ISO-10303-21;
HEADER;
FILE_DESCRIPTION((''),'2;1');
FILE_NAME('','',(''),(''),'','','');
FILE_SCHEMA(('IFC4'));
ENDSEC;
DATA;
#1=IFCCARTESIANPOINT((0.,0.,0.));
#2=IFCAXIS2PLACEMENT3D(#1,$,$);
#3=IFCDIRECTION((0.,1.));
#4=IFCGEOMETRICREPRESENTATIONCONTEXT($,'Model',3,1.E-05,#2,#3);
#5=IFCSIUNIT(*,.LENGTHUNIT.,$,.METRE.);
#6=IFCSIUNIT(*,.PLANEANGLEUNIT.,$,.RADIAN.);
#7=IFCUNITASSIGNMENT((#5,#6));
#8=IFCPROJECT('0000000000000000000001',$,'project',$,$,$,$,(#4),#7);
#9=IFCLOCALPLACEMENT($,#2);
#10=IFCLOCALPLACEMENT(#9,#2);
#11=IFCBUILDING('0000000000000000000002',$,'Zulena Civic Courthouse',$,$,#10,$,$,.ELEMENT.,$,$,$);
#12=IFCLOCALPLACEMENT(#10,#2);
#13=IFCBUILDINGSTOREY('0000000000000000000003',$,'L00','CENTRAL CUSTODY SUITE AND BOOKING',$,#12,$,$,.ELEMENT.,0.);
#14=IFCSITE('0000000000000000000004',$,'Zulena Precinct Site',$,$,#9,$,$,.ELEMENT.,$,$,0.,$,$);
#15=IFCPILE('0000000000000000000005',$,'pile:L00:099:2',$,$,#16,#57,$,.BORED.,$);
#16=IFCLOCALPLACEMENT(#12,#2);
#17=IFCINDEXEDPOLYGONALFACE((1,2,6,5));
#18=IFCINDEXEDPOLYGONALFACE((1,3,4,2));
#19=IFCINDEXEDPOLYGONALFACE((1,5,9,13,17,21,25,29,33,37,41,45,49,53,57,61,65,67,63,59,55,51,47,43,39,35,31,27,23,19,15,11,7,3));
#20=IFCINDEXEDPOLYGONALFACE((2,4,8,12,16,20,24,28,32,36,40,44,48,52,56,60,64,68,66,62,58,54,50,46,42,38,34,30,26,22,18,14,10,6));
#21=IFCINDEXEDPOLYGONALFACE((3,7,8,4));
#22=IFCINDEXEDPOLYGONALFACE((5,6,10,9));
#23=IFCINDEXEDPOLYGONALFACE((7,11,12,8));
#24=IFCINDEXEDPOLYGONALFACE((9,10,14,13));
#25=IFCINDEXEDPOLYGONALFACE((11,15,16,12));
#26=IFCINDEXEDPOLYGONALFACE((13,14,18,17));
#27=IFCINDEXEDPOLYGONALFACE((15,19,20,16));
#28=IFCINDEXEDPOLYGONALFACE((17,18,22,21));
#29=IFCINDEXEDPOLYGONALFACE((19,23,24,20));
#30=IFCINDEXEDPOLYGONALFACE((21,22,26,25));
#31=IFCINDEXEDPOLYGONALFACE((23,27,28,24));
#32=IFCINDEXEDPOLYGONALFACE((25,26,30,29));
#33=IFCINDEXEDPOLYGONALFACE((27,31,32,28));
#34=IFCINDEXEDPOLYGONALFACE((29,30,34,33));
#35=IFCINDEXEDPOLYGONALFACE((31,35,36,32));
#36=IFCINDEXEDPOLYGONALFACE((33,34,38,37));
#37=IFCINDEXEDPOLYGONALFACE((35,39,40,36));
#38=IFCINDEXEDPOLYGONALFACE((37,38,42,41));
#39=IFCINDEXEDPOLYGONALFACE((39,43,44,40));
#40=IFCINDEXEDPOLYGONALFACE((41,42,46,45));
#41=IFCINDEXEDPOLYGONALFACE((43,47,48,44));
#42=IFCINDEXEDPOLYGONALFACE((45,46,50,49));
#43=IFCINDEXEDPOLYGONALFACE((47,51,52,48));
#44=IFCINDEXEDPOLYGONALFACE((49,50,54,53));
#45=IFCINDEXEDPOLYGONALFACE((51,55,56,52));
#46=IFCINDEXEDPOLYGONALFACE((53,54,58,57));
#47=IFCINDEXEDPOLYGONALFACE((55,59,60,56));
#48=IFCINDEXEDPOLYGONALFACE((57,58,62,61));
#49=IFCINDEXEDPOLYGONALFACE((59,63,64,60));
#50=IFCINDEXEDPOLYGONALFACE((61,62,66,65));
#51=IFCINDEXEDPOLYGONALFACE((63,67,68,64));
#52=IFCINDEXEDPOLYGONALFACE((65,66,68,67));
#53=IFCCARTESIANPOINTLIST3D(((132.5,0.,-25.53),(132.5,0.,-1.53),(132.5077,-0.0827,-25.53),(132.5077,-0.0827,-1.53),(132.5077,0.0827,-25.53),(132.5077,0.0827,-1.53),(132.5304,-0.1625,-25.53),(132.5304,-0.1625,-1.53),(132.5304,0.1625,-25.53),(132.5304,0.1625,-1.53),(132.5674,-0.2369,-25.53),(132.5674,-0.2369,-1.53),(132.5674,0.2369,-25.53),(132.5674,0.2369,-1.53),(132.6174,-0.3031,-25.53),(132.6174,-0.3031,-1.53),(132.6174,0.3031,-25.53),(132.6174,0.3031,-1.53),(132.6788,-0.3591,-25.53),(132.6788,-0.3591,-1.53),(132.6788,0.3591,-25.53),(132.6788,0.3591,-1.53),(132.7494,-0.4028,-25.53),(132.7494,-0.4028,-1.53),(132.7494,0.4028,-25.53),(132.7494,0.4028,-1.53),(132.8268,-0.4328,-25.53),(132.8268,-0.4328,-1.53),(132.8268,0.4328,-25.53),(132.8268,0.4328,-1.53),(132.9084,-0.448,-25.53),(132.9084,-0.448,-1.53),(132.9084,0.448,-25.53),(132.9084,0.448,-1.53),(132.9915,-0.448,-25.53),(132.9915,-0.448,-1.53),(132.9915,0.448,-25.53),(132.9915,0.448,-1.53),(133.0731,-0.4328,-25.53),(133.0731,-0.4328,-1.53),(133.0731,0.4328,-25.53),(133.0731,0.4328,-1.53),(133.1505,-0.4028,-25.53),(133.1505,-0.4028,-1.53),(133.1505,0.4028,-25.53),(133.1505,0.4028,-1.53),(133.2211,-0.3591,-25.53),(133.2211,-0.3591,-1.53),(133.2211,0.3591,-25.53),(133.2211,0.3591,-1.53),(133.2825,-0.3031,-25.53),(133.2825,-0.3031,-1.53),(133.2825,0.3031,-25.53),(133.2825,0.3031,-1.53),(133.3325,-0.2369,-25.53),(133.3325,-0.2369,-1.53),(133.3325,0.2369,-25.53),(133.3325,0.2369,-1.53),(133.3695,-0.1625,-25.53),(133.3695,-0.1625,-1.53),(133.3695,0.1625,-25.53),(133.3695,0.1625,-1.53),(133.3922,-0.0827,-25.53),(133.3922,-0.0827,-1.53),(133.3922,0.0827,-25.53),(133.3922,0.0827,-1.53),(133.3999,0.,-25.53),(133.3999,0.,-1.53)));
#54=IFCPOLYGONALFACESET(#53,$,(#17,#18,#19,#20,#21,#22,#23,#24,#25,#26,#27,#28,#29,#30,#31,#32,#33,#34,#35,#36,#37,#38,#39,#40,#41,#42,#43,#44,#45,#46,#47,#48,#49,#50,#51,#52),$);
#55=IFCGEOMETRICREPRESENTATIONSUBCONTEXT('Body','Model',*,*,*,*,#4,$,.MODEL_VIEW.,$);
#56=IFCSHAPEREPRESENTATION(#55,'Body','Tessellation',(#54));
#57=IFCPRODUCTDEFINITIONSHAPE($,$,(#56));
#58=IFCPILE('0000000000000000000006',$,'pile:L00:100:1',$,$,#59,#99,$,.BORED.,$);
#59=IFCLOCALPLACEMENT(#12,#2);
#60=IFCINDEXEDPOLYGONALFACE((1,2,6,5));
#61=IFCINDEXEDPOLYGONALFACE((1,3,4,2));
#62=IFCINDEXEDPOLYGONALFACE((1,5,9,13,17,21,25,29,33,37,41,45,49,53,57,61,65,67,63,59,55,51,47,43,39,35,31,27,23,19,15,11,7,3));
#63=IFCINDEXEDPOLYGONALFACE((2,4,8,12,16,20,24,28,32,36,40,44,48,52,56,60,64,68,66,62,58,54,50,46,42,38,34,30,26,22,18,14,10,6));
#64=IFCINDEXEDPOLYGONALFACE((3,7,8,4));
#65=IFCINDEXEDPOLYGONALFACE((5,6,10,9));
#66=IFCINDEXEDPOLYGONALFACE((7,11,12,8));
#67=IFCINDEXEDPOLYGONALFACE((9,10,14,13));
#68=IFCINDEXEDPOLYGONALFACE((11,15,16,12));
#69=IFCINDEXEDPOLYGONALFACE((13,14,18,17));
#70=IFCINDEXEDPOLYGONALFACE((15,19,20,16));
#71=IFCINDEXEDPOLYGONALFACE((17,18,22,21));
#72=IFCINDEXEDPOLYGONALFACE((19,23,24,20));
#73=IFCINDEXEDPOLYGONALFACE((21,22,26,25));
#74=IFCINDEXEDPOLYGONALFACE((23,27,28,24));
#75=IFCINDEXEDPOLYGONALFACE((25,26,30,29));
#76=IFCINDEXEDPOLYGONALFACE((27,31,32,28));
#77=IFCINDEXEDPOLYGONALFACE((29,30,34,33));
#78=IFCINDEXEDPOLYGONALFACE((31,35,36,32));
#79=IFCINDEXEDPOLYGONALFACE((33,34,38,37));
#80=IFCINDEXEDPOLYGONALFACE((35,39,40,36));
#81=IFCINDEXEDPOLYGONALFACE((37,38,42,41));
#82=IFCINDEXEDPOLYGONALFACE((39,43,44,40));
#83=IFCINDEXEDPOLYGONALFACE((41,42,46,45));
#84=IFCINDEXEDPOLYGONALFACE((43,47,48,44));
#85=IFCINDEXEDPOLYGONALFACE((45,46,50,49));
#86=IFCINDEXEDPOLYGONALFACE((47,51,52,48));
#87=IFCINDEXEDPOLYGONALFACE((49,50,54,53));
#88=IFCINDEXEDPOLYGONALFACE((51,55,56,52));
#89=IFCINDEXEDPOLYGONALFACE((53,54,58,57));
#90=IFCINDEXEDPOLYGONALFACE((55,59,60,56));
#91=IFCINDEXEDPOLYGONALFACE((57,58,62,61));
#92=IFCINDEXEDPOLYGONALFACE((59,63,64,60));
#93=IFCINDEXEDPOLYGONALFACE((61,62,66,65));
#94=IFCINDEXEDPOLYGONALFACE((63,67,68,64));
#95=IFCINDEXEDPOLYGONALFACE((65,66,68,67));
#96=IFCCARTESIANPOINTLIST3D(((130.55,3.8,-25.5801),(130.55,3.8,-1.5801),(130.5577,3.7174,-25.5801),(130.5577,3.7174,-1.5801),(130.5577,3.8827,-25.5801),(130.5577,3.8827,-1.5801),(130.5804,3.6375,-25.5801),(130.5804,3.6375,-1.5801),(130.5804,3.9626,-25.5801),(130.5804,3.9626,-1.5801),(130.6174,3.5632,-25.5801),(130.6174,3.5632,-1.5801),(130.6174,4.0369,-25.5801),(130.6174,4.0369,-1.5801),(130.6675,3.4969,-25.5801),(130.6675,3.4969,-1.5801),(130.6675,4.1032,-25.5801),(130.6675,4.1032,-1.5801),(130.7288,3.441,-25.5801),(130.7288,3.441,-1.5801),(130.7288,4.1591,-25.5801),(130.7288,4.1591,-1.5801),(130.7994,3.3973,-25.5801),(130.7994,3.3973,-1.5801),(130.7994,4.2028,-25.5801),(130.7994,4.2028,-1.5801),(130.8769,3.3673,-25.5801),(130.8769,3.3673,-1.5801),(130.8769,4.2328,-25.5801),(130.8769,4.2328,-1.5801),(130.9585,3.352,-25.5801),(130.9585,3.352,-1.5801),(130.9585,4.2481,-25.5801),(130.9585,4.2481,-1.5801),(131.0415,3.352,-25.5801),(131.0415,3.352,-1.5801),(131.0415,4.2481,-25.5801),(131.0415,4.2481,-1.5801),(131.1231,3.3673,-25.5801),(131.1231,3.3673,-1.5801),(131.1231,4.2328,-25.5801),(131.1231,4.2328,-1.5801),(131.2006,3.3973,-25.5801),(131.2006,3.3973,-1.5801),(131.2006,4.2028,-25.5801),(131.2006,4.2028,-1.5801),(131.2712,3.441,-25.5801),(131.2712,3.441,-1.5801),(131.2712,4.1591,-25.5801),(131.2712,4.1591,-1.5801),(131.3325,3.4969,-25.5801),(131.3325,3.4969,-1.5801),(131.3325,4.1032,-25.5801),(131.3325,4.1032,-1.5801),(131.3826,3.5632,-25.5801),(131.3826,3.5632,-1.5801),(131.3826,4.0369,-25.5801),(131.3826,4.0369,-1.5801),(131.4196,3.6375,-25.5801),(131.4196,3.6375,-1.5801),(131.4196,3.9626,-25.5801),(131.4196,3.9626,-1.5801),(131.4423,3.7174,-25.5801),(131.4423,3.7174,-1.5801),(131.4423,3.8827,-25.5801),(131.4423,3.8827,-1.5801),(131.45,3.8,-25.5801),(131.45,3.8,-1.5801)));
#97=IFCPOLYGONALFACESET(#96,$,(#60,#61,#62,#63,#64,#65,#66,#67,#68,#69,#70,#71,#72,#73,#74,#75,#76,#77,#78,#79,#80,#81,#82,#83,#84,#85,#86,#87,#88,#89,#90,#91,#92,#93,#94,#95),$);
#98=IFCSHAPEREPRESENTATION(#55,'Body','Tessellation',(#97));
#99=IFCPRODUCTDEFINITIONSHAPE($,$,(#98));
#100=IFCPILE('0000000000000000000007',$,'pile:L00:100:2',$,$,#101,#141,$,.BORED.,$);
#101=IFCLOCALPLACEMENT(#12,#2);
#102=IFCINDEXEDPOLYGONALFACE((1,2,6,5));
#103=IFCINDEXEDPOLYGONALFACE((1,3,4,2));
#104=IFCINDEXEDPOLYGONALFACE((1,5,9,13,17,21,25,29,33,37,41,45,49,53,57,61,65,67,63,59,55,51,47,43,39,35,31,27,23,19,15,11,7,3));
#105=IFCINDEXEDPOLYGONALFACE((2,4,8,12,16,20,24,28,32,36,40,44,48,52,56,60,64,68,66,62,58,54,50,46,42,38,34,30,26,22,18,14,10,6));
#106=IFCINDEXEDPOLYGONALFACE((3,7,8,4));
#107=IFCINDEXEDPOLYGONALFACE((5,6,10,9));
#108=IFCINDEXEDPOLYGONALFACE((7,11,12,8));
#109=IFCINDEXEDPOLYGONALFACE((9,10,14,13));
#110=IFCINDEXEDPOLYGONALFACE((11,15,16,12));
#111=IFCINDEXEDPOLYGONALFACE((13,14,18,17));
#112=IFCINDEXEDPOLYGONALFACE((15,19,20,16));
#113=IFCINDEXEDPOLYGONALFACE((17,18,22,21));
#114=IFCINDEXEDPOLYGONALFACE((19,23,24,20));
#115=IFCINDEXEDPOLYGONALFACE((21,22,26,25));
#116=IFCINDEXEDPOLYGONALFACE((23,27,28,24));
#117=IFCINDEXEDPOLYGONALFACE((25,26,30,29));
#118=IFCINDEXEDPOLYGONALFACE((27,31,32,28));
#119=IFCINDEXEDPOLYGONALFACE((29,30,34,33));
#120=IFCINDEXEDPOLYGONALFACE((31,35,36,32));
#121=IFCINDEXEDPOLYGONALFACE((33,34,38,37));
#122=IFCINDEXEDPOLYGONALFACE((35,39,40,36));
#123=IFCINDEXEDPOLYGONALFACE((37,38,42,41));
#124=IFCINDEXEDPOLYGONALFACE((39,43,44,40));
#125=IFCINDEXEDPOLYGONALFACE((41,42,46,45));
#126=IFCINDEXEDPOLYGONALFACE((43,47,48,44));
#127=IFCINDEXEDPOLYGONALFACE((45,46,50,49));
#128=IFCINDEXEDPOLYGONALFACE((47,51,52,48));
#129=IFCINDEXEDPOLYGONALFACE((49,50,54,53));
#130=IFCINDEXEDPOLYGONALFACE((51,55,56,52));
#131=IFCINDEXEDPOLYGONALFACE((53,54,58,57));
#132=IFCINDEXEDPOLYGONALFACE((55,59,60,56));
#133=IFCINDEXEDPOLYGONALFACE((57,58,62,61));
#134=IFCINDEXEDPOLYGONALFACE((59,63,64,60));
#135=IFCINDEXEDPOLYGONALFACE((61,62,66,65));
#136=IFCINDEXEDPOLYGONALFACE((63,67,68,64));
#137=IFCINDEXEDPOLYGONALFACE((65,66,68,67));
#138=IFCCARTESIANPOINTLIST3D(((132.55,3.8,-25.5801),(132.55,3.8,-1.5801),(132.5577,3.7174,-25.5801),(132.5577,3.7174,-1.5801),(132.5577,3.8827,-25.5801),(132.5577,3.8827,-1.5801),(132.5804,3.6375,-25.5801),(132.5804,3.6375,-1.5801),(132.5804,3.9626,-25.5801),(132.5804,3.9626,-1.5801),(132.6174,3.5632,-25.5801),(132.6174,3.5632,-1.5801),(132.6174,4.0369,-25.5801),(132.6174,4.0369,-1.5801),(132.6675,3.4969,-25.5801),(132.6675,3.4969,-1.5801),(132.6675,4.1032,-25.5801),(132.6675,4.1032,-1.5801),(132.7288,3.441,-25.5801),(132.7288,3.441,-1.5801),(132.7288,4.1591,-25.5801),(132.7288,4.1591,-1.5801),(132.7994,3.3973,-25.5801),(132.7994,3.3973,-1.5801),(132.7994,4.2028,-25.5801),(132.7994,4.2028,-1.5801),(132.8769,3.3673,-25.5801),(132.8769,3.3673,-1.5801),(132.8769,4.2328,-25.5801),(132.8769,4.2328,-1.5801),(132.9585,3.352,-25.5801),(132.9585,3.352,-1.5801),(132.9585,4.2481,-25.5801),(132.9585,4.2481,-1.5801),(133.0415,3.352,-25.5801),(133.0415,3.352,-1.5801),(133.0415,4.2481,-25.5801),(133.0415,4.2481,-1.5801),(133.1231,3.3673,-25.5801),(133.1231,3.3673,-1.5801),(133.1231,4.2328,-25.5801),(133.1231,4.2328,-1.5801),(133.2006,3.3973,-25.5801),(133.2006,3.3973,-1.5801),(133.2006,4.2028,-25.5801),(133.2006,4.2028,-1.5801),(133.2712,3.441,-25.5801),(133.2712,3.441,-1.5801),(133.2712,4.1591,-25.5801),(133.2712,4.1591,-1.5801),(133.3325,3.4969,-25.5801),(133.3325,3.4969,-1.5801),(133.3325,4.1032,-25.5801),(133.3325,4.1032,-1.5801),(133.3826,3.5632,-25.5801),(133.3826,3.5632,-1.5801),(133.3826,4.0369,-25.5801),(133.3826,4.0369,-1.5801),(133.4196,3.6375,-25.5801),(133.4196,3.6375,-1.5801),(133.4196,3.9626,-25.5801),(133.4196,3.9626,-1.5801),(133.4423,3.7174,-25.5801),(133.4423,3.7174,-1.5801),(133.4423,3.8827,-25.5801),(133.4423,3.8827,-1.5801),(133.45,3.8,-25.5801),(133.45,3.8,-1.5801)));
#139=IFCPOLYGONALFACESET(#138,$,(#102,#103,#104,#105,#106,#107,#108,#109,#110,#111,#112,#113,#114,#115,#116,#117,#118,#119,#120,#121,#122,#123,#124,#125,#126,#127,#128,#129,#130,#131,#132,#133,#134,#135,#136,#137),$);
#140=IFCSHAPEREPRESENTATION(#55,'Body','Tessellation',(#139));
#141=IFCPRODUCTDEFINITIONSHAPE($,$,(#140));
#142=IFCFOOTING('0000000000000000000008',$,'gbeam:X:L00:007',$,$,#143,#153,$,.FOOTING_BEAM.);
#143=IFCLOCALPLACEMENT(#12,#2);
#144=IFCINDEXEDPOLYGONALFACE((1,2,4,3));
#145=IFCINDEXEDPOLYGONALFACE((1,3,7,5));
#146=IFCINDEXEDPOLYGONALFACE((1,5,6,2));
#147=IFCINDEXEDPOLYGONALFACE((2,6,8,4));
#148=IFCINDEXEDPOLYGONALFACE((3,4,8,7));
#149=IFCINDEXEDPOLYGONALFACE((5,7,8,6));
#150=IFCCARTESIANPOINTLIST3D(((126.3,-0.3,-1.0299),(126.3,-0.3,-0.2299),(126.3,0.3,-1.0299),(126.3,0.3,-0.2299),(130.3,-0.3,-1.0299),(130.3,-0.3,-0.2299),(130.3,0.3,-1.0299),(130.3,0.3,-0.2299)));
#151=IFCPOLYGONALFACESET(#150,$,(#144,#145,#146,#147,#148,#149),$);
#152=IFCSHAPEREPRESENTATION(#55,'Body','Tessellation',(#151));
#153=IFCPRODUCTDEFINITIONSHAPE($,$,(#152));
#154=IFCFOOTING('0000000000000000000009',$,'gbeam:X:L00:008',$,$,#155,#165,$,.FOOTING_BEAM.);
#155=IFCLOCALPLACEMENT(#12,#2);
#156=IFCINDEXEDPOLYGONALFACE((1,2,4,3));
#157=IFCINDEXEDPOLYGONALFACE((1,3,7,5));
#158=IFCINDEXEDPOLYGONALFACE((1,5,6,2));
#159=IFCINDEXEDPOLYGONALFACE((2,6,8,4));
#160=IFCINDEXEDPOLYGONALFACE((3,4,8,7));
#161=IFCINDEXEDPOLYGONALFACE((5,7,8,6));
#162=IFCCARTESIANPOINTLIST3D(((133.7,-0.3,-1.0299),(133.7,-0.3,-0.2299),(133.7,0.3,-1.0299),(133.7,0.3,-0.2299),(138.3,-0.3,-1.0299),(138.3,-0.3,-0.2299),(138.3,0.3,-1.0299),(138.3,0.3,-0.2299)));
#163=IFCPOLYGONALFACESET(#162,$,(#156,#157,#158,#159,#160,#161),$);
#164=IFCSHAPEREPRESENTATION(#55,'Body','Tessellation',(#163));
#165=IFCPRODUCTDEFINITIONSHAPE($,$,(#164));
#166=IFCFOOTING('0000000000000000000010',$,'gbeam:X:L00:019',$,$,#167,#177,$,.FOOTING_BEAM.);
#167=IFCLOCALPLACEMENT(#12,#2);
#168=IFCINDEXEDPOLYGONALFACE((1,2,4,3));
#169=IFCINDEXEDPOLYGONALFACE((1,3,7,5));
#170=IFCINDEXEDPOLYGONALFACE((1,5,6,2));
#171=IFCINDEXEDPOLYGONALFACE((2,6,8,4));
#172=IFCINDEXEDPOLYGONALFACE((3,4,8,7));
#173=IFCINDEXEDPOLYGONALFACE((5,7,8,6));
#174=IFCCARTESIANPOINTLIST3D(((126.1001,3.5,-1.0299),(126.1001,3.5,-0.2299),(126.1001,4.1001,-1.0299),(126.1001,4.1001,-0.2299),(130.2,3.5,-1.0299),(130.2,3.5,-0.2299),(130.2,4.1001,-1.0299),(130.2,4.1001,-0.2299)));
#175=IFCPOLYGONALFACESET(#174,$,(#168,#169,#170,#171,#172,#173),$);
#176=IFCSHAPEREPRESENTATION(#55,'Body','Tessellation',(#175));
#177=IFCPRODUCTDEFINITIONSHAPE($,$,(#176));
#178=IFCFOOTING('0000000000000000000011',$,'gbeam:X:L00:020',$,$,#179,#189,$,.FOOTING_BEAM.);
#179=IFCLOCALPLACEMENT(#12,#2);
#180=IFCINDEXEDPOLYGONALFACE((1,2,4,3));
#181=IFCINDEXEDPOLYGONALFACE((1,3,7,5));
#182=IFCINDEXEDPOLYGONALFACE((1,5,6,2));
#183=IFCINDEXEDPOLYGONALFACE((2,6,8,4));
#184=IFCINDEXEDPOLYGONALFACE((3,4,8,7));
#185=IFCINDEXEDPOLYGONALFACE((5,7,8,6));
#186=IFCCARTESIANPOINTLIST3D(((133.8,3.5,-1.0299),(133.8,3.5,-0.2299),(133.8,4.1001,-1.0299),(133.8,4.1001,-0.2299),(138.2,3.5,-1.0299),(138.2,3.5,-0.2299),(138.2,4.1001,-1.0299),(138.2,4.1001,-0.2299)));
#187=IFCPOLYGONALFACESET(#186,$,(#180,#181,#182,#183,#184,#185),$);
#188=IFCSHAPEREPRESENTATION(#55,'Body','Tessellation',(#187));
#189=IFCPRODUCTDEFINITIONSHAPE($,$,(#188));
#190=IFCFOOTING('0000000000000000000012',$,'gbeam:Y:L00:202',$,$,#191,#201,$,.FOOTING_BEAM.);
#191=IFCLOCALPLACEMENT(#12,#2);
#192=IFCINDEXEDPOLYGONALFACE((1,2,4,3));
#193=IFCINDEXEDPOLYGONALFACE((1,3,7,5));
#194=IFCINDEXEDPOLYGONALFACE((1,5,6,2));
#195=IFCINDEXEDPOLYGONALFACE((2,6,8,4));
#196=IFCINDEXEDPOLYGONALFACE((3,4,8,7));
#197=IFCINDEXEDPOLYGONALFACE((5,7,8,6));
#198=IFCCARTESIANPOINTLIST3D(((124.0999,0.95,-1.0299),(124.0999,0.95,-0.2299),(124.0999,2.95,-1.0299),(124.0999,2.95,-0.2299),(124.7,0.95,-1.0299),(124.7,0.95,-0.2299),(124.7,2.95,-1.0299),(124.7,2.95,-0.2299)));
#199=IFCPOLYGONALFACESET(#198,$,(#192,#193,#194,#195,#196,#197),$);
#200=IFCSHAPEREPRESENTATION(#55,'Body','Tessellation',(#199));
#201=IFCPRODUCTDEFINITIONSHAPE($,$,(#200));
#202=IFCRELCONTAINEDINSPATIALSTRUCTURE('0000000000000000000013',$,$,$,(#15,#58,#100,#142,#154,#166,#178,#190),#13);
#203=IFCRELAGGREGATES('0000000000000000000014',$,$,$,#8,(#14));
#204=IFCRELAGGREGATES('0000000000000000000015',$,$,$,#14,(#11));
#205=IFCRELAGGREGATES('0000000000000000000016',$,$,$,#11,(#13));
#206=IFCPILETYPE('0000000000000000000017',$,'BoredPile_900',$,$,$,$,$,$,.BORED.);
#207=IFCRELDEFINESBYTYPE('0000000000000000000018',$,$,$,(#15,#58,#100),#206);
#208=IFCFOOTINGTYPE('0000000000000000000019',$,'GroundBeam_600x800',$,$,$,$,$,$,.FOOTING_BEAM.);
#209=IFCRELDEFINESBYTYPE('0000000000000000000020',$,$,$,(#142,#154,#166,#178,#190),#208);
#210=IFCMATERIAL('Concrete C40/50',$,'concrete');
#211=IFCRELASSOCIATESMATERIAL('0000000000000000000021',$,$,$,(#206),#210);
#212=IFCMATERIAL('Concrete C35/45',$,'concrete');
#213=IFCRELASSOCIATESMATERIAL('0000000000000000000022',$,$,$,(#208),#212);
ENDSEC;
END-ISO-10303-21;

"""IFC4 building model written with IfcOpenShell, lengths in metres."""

from ifc_helpers import new_model, si_unit, direction, frame, origin, origin_2d, place, context, subcontext, project, spatial, rectangle, circle, extrude, material, material_profile, profile_set, type_object, element, save


model = new_model("IFC4")

# Units and contexts
model_context = context("Model", 3, precision=1e-05, world=origin(), true_north=direction((0.0, 1.0)))
body_context = subcontext(model_context, "Body", "Model", "MODEL_VIEW")
ifc_project = project(units=[si_unit("LENGTHUNIT", "METRE"), si_unit("PLANEANGLEUNIT", "RADIAN")], contexts=[model_context])

# Site, building, storey
site_placement = place(None, origin())
site = spatial("IfcSite", under=ifc_project, at=site_placement, Name="Zulena Precinct Site", CompositionType="ELEMENT", RefElevation=0.0)
building_placement = place(site_placement, origin())
building = spatial("IfcBuilding", under=site, at=building_placement, Name="Zulena Civic Courthouse", CompositionType="ELEMENT")
storey_placement = place(building_placement, origin())
storey = spatial("IfcBuildingStorey", under=building, at=storey_placement, Name="L00", Description="CENTRAL CUSTODY SUITE AND BOOKING", CompositionType="ELEMENT", Elevation=0.0)

# Piles
ifc_material_1 = material(Name="Concrete C40/50", Category="concrete")
ifc_material_profile_1 = material_profile(ifc_material_1, circle(Radius=0.45, at=origin_2d()), Name="PILE900")
ifc_profile_set_1 = profile_set([ifc_material_profile_1], Name="Concrete C40/50")
pile_type = type_object("IfcPileType", Name="BoredPile_900", PredefinedType="BORED", material=ifc_profile_set_1)
for number, where, z_axis, x_axis, name in (
    (1, (132.95, 0.0, -1.53), (0.0, 0.0, -1.0), (1.0, 0.0, 0.0), "pile:L00:099:2"),
    (2, (131.0, 3.8, -1.5801), (0.0, 0.0, -1.0), (1.0, 0.0, 0.0), "pile:L00:100:1"),
    (3, (133.0, 3.8, -1.5801), (0.0, 0.0, -1.0), (1.0, 0.0, 0.0), "pile:L00:100:2"),
):
    element("IfcPile", number, at=place(storey_placement, frame(where, z_axis=z_axis, x_axis=x_axis)), inside=storey, type_object=pile_type, Name=name, PredefinedType="BORED", context=body_context, shape_type="SweptSolid", body=[
        extrude(circle(Radius=0.45, at=origin_2d()), origin(), (0.0, 0.0, 1.0), 24.0),
    ])

# Footings
ifc_material_2 = material(Name="Concrete C35/45", Category="concrete")
ifc_material_profile_2 = material_profile(ifc_material_2, rectangle(XDim=0.6001, YDim=0.8, at=origin_2d()), Name="RC600X800")
ifc_profile_set_2 = profile_set([ifc_material_profile_2], Name="Concrete C35/45")
footing_type_1 = type_object("IfcFootingType", Name="GroundBeam_600x800", PredefinedType="FOOTING_BEAM", material=ifc_profile_set_2)
footing_1_placement = place(storey_placement, frame((126.3, 0.0, -0.6299), z_axis=(1.0, 0.0, 0.0), x_axis=(0.0, 1.0, 0.0)))
element("IfcFooting", 4, at=footing_1_placement, inside=storey, type_object=footing_type_1, Name="gbeam:X:L00:007", PredefinedType="FOOTING_BEAM", context=body_context, shape_type="SweptSolid", body=[
    extrude(rectangle(XDim=0.6001, YDim=0.8, at=origin_2d()), origin(), (0.0, 0.0, 1.0), 4.0),
])
footing_2_placement = place(storey_placement, frame((133.7, 0.0, -0.6299), z_axis=(1.0, 0.0, 0.0), x_axis=(0.0, 1.0, 0.0)))
element("IfcFooting", 5, at=footing_2_placement, inside=storey, type_object=footing_type_1, Name="gbeam:X:L00:008", PredefinedType="FOOTING_BEAM", context=body_context, shape_type="SweptSolid", body=[
    extrude(rectangle(XDim=0.6001, YDim=0.8, at=origin_2d()), origin(), (0.0, 0.0, 1.0), 4.6001),
])
footing_3_placement = place(storey_placement, frame((126.1001, 3.8, -0.6299), z_axis=(1.0, 0.0, 0.0), x_axis=(0.0, 1.0, 0.0)))
element("IfcFooting", 6, at=footing_3_placement, inside=storey, type_object=footing_type_1, Name="gbeam:X:L00:019", PredefinedType="FOOTING_BEAM", context=body_context, shape_type="SweptSolid", body=[
    extrude(rectangle(XDim=0.6001, YDim=0.8, at=origin_2d()), origin(), (0.0, 0.0, 1.0), 4.0999),
])
footing_4_placement = place(storey_placement, frame((133.8, 3.8, -0.6299), z_axis=(1.0, 0.0, 0.0), x_axis=(0.0, 1.0, 0.0)))
element("IfcFooting", 7, at=footing_4_placement, inside=storey, type_object=footing_type_1, Name="gbeam:X:L00:020", PredefinedType="FOOTING_BEAM", context=body_context, shape_type="SweptSolid", body=[
    extrude(rectangle(XDim=0.6001, YDim=0.8, at=origin_2d()), origin(), (0.0, 0.0, 1.0), 4.3999),
])
footing_5_placement = place(storey_placement, frame((124.3999, 0.95, -0.6299), z_axis=(0.0, 1.0, 0.0), x_axis=(-1.0, 0.0, 0.0)))
element("IfcFooting", 8, at=footing_5_placement, inside=storey, type_object=footing_type_1, Name="gbeam:Y:L00:202", PredefinedType="FOOTING_BEAM", context=body_context, shape_type="SweptSolid", body=[
    extrude(rectangle(XDim=0.6001, YDim=0.8, at=origin_2d()), origin(), (0.0, 0.0, 1.0), 2.0),
])

save(model, "model.ifc")
